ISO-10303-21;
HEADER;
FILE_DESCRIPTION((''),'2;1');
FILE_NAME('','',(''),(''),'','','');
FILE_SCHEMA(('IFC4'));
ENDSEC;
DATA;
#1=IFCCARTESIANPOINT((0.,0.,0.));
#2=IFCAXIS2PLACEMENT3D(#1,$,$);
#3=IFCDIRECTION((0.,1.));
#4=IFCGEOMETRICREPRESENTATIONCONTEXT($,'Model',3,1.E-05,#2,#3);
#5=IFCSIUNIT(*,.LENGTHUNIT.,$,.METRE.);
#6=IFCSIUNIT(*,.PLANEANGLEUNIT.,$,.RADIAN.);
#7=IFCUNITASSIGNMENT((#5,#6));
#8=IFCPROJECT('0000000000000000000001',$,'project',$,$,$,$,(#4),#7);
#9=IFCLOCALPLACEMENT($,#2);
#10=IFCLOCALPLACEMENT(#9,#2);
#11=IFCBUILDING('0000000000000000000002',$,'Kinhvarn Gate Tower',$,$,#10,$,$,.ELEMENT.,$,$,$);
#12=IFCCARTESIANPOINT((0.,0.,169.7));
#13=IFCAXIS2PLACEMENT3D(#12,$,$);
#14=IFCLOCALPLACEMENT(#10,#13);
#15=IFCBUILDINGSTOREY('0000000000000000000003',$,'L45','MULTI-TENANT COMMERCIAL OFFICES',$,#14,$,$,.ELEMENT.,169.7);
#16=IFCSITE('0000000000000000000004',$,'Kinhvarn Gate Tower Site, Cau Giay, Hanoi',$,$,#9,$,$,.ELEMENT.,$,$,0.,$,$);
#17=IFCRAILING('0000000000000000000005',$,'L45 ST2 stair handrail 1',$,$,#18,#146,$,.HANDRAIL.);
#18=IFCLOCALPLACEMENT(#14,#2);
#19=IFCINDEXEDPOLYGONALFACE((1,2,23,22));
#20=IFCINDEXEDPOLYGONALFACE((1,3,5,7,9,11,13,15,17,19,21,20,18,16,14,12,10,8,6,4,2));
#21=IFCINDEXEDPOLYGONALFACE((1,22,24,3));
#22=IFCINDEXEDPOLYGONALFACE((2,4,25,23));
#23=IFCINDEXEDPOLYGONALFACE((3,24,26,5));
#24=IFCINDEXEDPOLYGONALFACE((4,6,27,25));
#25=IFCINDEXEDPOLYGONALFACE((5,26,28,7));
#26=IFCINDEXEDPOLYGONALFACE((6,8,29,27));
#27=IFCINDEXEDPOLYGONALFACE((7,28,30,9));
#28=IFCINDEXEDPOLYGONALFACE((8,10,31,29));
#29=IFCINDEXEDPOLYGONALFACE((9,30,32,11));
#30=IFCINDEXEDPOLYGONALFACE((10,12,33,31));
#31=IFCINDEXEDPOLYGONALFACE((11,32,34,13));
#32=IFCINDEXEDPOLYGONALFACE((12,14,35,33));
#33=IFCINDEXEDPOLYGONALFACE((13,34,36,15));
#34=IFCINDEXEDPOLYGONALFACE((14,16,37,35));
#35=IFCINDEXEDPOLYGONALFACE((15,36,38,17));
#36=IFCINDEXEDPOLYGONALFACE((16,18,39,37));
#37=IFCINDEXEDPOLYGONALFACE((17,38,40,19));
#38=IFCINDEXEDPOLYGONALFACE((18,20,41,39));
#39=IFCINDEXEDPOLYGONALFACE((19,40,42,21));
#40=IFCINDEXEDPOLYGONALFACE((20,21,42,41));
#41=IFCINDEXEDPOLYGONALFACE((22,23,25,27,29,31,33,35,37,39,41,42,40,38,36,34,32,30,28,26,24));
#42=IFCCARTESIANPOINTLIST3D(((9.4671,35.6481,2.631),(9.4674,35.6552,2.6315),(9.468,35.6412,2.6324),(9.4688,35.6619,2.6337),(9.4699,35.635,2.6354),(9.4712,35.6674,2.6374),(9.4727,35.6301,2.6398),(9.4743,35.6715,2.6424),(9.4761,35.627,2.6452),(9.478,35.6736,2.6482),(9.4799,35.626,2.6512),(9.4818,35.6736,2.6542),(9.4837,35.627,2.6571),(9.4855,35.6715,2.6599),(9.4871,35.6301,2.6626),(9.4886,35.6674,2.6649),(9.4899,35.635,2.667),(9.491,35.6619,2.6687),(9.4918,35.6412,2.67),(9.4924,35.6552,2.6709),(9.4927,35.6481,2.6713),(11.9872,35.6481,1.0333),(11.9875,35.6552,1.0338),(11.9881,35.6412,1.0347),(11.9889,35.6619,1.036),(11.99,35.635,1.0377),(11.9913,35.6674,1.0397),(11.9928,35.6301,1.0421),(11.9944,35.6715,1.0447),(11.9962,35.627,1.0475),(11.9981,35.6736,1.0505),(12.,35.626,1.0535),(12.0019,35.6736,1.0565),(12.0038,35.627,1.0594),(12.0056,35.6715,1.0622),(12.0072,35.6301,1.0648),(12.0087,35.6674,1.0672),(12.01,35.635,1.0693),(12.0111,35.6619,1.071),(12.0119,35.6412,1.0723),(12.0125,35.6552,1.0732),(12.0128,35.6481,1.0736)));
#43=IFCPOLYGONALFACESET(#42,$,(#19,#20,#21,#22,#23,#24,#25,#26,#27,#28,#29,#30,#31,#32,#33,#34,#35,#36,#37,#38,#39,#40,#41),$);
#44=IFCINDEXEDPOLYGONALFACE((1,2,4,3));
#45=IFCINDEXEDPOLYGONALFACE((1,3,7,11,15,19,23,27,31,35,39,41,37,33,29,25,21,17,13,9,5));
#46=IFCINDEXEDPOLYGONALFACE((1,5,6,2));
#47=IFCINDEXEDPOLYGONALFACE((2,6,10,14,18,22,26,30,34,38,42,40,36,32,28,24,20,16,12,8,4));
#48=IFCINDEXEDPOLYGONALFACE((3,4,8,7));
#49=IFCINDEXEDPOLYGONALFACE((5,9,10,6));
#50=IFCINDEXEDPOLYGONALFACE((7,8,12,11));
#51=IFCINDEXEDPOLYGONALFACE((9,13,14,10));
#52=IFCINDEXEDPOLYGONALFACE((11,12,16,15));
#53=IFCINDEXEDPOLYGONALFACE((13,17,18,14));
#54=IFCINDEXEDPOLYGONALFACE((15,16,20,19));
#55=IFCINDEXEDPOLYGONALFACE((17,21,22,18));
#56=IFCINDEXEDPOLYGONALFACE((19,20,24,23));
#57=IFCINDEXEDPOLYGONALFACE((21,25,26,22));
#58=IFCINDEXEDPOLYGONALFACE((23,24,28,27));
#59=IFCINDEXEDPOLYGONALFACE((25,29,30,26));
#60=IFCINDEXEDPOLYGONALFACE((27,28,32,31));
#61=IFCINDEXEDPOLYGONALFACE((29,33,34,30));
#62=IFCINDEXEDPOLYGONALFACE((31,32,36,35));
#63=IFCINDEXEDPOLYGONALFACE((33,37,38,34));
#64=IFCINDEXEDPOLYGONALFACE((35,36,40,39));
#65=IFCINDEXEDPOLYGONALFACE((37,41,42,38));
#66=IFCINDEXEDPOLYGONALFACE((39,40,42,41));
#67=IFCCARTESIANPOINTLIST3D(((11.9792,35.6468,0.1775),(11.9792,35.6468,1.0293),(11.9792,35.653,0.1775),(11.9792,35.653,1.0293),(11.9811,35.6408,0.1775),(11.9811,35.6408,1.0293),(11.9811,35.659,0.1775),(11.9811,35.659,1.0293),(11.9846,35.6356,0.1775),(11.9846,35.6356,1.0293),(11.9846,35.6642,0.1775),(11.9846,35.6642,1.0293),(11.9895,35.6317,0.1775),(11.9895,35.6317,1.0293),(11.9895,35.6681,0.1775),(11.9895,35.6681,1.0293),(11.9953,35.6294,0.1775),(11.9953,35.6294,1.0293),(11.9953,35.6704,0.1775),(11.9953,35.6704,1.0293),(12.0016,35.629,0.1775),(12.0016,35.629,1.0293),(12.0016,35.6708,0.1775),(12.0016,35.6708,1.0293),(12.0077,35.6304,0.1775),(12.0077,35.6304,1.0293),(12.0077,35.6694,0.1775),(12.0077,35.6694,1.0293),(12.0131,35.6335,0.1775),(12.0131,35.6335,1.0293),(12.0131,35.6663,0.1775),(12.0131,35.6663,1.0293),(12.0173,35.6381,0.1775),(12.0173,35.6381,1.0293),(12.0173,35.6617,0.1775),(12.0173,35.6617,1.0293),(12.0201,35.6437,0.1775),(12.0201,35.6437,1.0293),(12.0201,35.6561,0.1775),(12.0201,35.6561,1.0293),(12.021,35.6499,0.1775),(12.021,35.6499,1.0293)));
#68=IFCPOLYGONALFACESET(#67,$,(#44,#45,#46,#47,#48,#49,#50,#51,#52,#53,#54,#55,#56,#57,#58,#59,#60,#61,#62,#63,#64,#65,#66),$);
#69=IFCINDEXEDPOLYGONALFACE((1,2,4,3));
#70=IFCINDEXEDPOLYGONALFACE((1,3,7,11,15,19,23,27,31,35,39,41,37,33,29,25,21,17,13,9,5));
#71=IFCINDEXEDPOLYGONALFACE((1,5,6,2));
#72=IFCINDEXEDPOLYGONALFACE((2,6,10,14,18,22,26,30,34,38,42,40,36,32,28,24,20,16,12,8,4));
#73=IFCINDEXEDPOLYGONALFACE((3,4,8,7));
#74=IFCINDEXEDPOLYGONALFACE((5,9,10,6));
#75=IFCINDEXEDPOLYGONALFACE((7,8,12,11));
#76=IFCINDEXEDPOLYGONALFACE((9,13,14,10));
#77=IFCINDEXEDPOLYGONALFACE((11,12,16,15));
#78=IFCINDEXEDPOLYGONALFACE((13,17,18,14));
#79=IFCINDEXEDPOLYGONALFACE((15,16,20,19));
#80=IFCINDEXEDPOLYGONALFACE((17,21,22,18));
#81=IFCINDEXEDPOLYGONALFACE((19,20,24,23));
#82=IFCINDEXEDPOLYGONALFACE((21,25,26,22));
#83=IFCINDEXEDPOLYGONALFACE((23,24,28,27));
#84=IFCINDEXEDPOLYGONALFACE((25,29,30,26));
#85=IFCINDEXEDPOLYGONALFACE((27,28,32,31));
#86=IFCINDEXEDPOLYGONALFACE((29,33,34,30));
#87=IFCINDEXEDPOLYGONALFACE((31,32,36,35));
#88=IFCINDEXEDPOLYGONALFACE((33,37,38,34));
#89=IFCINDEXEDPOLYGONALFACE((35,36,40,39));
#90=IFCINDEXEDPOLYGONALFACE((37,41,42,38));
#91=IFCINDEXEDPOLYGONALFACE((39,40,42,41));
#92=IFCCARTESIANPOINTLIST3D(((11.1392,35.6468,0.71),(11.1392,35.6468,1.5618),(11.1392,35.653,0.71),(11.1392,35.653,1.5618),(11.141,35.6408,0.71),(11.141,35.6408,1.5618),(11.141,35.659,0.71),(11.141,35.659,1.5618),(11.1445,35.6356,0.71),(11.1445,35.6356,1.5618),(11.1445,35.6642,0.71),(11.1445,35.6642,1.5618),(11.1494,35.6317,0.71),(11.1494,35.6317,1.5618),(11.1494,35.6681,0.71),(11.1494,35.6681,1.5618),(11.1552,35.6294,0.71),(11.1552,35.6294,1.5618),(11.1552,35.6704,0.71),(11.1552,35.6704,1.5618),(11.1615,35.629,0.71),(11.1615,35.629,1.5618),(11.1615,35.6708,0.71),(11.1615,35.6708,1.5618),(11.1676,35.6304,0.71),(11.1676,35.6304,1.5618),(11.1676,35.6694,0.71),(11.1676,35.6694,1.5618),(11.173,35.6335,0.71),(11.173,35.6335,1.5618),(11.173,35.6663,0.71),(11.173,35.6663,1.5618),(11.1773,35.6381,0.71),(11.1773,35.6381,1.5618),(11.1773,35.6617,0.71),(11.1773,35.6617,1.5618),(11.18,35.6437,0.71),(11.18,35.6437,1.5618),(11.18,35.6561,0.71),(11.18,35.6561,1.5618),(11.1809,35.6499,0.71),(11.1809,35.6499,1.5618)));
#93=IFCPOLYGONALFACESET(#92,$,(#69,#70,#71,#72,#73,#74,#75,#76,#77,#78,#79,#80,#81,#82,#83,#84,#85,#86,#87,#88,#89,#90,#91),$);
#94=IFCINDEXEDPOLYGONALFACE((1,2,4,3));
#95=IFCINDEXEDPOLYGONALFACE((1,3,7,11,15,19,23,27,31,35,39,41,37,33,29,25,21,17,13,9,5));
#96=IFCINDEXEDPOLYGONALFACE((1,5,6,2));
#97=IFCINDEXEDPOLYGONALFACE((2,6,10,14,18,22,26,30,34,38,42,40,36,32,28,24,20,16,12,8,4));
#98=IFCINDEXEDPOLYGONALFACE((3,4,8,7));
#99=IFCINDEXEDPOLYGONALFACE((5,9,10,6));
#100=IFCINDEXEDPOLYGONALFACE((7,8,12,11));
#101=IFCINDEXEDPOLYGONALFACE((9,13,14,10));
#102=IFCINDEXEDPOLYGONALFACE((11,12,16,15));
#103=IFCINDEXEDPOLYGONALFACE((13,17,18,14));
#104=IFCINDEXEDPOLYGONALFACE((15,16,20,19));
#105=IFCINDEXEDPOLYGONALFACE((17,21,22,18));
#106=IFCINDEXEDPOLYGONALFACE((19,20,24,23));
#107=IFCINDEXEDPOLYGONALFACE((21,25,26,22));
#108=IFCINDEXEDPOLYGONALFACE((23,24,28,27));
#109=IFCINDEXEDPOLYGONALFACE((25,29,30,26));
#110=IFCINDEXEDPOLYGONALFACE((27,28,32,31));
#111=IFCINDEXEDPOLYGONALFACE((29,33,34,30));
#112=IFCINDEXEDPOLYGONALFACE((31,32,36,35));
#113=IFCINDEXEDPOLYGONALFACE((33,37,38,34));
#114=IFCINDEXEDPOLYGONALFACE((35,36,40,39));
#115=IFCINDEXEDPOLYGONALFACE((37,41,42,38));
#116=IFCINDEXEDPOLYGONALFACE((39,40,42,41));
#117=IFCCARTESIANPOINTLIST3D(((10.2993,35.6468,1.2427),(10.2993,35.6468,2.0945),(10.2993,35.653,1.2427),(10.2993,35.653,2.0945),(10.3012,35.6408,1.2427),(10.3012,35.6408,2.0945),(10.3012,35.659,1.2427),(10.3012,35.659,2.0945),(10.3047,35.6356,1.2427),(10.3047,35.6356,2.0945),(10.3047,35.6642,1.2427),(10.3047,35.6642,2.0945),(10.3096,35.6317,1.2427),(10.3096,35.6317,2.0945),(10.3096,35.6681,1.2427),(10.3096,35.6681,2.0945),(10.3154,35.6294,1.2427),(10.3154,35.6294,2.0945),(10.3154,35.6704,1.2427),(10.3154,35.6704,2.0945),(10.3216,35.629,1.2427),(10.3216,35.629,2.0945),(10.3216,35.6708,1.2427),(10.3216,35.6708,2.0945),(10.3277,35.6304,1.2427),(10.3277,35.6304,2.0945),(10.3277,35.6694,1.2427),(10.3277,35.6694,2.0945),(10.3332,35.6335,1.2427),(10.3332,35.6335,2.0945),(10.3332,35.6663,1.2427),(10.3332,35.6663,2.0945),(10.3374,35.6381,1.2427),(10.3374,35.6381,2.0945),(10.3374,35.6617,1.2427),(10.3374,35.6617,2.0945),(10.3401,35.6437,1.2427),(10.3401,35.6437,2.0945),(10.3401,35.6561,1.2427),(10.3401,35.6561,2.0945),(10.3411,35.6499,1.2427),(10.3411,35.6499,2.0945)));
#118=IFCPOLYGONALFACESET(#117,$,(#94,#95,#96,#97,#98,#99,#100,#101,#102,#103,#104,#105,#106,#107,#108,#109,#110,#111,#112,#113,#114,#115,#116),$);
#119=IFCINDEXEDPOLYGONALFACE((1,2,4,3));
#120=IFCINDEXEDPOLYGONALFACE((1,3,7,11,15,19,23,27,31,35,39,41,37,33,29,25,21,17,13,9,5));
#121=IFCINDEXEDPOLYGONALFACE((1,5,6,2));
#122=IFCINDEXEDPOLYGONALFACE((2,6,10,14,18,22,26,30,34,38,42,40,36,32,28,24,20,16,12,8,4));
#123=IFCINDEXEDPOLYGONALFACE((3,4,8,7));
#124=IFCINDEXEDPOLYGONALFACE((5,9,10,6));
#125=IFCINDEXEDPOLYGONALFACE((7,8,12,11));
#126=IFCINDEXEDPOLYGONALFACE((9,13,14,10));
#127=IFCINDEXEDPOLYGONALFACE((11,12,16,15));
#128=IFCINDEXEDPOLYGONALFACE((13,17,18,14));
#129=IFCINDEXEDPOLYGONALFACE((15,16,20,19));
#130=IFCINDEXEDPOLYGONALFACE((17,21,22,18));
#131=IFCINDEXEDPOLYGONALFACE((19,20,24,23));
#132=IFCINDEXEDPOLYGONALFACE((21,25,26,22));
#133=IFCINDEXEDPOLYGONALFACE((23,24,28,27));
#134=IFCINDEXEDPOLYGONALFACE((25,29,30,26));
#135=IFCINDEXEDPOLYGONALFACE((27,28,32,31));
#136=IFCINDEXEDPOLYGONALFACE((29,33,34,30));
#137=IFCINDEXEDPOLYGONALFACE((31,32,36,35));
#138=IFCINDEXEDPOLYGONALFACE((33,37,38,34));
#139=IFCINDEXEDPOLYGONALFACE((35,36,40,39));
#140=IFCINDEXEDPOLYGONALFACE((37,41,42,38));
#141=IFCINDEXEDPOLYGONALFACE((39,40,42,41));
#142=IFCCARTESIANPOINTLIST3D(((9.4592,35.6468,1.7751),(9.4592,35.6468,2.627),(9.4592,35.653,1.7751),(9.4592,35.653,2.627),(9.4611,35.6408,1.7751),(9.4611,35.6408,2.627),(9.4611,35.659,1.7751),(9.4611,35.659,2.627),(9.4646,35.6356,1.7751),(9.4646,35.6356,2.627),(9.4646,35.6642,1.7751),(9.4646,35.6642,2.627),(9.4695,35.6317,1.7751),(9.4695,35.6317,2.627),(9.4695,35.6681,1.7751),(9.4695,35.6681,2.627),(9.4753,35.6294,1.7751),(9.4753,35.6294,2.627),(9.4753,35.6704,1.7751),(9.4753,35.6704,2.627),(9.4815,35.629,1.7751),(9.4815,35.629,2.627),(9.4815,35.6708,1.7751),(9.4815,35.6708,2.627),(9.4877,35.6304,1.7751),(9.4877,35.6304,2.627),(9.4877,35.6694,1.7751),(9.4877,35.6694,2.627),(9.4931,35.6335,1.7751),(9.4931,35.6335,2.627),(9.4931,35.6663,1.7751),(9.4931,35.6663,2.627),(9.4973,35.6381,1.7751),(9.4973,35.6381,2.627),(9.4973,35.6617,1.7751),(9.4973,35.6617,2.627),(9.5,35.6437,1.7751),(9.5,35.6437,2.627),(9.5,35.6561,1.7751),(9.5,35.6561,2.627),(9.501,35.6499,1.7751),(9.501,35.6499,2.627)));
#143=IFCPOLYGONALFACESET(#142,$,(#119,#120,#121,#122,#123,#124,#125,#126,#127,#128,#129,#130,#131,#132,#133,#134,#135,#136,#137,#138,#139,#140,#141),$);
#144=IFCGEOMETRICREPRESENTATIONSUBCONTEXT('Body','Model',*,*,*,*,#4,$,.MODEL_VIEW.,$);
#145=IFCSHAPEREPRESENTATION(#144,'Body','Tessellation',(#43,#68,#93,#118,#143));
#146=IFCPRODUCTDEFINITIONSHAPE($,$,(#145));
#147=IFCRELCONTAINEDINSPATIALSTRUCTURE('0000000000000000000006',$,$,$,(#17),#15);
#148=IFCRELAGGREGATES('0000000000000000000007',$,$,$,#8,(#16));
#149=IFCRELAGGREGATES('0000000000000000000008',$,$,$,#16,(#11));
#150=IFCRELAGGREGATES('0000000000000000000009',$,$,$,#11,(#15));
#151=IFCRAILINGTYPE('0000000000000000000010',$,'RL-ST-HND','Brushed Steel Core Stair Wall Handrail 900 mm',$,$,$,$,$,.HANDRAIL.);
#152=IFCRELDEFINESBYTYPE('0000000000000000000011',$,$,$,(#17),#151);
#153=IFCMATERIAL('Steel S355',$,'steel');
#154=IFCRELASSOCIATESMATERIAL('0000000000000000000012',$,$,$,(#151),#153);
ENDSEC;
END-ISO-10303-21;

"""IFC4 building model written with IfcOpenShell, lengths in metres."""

from ifc_helpers import new_model, si_unit, direction, frame, origin, origin_2d, place, context, subcontext, project, spatial, circle, extrude, material, type_object, element, save


model = new_model("IFC4")

# Units and contexts
model_context = context("Model", 3, precision=1e-05, world=origin(), true_north=direction((0.0, 1.0)))
body_context = subcontext(model_context, "Body", "Model", "MODEL_VIEW")
ifc_project = project(units=[si_unit("LENGTHUNIT", "METRE"), si_unit("PLANEANGLEUNIT", "RADIAN")], contexts=[model_context])

# Site, building, storey
site_placement = place(None, origin())
site = spatial("IfcSite", under=ifc_project, at=site_placement, Name="Kinhvarn Gate Tower Site, Cau Giay, Hanoi", CompositionType="ELEMENT", RefElevation=0.0)
building_placement = place(site_placement, origin())
building = spatial("IfcBuilding", under=site, at=building_placement, Name="Kinhvarn Gate Tower", CompositionType="ELEMENT")
storey_placement = place(building_placement, frame((0.0, 0.0, 169.7)))
storey = spatial("IfcBuildingStorey", under=building, at=storey_placement, Name="L45", Description="MULTI-TENANT COMMERCIAL OFFICES", CompositionType="ELEMENT", Elevation=169.7)

# Shared definitions
ifc_material_1 = material(Name="Steel S355", Category="steel")

# Railing
railing_type_1 = type_object("IfcRailingType", Name="RL-ST-HND", Description="Brushed Steel Core Stair Wall Handrail 900 mm", PredefinedType="HANDRAIL", material=ifc_material_1)
railing_1_placement = place(storey_placement, frame((12.0, 35.6499, 0.1775)))
element("IfcRailing", 1, at=railing_1_placement, inside=storey, type_object=railing_type_1, Name="L45 ST2 stair handrail 1", PredefinedType="HANDRAIL", context=body_context, shape_type="SweptSolid", body=[
    extrude(circle(Radius=0.0239, at=origin_2d()), frame((0.0, 0.0, 0.876), z_axis=(-0.84457, 0.0, 0.535445), x_axis=(0.0, -1.0, 0.0)), (0.0, 0.0, 1.0), 2.9839),
    extrude(circle(Radius=0.021, at=origin_2d()), origin(), (0.0, 0.0, 1.0), 0.8518),
    extrude(circle(Radius=0.021, at=origin_2d()), frame((-0.8401, 0.0, 0.5325)), (0.0, 0.0, 1.0), 0.8518),
    extrude(circle(Radius=0.021, at=origin_2d()), frame((-1.6799, 0.0, 1.0652)), (0.0, 0.0, 1.0), 0.8518),
    extrude(circle(Radius=0.021, at=origin_2d()), frame((-2.52, 0.0, 1.5977)), (0.0, 0.0, 1.0), 0.8518),
])

save(model, "model.ifc")
